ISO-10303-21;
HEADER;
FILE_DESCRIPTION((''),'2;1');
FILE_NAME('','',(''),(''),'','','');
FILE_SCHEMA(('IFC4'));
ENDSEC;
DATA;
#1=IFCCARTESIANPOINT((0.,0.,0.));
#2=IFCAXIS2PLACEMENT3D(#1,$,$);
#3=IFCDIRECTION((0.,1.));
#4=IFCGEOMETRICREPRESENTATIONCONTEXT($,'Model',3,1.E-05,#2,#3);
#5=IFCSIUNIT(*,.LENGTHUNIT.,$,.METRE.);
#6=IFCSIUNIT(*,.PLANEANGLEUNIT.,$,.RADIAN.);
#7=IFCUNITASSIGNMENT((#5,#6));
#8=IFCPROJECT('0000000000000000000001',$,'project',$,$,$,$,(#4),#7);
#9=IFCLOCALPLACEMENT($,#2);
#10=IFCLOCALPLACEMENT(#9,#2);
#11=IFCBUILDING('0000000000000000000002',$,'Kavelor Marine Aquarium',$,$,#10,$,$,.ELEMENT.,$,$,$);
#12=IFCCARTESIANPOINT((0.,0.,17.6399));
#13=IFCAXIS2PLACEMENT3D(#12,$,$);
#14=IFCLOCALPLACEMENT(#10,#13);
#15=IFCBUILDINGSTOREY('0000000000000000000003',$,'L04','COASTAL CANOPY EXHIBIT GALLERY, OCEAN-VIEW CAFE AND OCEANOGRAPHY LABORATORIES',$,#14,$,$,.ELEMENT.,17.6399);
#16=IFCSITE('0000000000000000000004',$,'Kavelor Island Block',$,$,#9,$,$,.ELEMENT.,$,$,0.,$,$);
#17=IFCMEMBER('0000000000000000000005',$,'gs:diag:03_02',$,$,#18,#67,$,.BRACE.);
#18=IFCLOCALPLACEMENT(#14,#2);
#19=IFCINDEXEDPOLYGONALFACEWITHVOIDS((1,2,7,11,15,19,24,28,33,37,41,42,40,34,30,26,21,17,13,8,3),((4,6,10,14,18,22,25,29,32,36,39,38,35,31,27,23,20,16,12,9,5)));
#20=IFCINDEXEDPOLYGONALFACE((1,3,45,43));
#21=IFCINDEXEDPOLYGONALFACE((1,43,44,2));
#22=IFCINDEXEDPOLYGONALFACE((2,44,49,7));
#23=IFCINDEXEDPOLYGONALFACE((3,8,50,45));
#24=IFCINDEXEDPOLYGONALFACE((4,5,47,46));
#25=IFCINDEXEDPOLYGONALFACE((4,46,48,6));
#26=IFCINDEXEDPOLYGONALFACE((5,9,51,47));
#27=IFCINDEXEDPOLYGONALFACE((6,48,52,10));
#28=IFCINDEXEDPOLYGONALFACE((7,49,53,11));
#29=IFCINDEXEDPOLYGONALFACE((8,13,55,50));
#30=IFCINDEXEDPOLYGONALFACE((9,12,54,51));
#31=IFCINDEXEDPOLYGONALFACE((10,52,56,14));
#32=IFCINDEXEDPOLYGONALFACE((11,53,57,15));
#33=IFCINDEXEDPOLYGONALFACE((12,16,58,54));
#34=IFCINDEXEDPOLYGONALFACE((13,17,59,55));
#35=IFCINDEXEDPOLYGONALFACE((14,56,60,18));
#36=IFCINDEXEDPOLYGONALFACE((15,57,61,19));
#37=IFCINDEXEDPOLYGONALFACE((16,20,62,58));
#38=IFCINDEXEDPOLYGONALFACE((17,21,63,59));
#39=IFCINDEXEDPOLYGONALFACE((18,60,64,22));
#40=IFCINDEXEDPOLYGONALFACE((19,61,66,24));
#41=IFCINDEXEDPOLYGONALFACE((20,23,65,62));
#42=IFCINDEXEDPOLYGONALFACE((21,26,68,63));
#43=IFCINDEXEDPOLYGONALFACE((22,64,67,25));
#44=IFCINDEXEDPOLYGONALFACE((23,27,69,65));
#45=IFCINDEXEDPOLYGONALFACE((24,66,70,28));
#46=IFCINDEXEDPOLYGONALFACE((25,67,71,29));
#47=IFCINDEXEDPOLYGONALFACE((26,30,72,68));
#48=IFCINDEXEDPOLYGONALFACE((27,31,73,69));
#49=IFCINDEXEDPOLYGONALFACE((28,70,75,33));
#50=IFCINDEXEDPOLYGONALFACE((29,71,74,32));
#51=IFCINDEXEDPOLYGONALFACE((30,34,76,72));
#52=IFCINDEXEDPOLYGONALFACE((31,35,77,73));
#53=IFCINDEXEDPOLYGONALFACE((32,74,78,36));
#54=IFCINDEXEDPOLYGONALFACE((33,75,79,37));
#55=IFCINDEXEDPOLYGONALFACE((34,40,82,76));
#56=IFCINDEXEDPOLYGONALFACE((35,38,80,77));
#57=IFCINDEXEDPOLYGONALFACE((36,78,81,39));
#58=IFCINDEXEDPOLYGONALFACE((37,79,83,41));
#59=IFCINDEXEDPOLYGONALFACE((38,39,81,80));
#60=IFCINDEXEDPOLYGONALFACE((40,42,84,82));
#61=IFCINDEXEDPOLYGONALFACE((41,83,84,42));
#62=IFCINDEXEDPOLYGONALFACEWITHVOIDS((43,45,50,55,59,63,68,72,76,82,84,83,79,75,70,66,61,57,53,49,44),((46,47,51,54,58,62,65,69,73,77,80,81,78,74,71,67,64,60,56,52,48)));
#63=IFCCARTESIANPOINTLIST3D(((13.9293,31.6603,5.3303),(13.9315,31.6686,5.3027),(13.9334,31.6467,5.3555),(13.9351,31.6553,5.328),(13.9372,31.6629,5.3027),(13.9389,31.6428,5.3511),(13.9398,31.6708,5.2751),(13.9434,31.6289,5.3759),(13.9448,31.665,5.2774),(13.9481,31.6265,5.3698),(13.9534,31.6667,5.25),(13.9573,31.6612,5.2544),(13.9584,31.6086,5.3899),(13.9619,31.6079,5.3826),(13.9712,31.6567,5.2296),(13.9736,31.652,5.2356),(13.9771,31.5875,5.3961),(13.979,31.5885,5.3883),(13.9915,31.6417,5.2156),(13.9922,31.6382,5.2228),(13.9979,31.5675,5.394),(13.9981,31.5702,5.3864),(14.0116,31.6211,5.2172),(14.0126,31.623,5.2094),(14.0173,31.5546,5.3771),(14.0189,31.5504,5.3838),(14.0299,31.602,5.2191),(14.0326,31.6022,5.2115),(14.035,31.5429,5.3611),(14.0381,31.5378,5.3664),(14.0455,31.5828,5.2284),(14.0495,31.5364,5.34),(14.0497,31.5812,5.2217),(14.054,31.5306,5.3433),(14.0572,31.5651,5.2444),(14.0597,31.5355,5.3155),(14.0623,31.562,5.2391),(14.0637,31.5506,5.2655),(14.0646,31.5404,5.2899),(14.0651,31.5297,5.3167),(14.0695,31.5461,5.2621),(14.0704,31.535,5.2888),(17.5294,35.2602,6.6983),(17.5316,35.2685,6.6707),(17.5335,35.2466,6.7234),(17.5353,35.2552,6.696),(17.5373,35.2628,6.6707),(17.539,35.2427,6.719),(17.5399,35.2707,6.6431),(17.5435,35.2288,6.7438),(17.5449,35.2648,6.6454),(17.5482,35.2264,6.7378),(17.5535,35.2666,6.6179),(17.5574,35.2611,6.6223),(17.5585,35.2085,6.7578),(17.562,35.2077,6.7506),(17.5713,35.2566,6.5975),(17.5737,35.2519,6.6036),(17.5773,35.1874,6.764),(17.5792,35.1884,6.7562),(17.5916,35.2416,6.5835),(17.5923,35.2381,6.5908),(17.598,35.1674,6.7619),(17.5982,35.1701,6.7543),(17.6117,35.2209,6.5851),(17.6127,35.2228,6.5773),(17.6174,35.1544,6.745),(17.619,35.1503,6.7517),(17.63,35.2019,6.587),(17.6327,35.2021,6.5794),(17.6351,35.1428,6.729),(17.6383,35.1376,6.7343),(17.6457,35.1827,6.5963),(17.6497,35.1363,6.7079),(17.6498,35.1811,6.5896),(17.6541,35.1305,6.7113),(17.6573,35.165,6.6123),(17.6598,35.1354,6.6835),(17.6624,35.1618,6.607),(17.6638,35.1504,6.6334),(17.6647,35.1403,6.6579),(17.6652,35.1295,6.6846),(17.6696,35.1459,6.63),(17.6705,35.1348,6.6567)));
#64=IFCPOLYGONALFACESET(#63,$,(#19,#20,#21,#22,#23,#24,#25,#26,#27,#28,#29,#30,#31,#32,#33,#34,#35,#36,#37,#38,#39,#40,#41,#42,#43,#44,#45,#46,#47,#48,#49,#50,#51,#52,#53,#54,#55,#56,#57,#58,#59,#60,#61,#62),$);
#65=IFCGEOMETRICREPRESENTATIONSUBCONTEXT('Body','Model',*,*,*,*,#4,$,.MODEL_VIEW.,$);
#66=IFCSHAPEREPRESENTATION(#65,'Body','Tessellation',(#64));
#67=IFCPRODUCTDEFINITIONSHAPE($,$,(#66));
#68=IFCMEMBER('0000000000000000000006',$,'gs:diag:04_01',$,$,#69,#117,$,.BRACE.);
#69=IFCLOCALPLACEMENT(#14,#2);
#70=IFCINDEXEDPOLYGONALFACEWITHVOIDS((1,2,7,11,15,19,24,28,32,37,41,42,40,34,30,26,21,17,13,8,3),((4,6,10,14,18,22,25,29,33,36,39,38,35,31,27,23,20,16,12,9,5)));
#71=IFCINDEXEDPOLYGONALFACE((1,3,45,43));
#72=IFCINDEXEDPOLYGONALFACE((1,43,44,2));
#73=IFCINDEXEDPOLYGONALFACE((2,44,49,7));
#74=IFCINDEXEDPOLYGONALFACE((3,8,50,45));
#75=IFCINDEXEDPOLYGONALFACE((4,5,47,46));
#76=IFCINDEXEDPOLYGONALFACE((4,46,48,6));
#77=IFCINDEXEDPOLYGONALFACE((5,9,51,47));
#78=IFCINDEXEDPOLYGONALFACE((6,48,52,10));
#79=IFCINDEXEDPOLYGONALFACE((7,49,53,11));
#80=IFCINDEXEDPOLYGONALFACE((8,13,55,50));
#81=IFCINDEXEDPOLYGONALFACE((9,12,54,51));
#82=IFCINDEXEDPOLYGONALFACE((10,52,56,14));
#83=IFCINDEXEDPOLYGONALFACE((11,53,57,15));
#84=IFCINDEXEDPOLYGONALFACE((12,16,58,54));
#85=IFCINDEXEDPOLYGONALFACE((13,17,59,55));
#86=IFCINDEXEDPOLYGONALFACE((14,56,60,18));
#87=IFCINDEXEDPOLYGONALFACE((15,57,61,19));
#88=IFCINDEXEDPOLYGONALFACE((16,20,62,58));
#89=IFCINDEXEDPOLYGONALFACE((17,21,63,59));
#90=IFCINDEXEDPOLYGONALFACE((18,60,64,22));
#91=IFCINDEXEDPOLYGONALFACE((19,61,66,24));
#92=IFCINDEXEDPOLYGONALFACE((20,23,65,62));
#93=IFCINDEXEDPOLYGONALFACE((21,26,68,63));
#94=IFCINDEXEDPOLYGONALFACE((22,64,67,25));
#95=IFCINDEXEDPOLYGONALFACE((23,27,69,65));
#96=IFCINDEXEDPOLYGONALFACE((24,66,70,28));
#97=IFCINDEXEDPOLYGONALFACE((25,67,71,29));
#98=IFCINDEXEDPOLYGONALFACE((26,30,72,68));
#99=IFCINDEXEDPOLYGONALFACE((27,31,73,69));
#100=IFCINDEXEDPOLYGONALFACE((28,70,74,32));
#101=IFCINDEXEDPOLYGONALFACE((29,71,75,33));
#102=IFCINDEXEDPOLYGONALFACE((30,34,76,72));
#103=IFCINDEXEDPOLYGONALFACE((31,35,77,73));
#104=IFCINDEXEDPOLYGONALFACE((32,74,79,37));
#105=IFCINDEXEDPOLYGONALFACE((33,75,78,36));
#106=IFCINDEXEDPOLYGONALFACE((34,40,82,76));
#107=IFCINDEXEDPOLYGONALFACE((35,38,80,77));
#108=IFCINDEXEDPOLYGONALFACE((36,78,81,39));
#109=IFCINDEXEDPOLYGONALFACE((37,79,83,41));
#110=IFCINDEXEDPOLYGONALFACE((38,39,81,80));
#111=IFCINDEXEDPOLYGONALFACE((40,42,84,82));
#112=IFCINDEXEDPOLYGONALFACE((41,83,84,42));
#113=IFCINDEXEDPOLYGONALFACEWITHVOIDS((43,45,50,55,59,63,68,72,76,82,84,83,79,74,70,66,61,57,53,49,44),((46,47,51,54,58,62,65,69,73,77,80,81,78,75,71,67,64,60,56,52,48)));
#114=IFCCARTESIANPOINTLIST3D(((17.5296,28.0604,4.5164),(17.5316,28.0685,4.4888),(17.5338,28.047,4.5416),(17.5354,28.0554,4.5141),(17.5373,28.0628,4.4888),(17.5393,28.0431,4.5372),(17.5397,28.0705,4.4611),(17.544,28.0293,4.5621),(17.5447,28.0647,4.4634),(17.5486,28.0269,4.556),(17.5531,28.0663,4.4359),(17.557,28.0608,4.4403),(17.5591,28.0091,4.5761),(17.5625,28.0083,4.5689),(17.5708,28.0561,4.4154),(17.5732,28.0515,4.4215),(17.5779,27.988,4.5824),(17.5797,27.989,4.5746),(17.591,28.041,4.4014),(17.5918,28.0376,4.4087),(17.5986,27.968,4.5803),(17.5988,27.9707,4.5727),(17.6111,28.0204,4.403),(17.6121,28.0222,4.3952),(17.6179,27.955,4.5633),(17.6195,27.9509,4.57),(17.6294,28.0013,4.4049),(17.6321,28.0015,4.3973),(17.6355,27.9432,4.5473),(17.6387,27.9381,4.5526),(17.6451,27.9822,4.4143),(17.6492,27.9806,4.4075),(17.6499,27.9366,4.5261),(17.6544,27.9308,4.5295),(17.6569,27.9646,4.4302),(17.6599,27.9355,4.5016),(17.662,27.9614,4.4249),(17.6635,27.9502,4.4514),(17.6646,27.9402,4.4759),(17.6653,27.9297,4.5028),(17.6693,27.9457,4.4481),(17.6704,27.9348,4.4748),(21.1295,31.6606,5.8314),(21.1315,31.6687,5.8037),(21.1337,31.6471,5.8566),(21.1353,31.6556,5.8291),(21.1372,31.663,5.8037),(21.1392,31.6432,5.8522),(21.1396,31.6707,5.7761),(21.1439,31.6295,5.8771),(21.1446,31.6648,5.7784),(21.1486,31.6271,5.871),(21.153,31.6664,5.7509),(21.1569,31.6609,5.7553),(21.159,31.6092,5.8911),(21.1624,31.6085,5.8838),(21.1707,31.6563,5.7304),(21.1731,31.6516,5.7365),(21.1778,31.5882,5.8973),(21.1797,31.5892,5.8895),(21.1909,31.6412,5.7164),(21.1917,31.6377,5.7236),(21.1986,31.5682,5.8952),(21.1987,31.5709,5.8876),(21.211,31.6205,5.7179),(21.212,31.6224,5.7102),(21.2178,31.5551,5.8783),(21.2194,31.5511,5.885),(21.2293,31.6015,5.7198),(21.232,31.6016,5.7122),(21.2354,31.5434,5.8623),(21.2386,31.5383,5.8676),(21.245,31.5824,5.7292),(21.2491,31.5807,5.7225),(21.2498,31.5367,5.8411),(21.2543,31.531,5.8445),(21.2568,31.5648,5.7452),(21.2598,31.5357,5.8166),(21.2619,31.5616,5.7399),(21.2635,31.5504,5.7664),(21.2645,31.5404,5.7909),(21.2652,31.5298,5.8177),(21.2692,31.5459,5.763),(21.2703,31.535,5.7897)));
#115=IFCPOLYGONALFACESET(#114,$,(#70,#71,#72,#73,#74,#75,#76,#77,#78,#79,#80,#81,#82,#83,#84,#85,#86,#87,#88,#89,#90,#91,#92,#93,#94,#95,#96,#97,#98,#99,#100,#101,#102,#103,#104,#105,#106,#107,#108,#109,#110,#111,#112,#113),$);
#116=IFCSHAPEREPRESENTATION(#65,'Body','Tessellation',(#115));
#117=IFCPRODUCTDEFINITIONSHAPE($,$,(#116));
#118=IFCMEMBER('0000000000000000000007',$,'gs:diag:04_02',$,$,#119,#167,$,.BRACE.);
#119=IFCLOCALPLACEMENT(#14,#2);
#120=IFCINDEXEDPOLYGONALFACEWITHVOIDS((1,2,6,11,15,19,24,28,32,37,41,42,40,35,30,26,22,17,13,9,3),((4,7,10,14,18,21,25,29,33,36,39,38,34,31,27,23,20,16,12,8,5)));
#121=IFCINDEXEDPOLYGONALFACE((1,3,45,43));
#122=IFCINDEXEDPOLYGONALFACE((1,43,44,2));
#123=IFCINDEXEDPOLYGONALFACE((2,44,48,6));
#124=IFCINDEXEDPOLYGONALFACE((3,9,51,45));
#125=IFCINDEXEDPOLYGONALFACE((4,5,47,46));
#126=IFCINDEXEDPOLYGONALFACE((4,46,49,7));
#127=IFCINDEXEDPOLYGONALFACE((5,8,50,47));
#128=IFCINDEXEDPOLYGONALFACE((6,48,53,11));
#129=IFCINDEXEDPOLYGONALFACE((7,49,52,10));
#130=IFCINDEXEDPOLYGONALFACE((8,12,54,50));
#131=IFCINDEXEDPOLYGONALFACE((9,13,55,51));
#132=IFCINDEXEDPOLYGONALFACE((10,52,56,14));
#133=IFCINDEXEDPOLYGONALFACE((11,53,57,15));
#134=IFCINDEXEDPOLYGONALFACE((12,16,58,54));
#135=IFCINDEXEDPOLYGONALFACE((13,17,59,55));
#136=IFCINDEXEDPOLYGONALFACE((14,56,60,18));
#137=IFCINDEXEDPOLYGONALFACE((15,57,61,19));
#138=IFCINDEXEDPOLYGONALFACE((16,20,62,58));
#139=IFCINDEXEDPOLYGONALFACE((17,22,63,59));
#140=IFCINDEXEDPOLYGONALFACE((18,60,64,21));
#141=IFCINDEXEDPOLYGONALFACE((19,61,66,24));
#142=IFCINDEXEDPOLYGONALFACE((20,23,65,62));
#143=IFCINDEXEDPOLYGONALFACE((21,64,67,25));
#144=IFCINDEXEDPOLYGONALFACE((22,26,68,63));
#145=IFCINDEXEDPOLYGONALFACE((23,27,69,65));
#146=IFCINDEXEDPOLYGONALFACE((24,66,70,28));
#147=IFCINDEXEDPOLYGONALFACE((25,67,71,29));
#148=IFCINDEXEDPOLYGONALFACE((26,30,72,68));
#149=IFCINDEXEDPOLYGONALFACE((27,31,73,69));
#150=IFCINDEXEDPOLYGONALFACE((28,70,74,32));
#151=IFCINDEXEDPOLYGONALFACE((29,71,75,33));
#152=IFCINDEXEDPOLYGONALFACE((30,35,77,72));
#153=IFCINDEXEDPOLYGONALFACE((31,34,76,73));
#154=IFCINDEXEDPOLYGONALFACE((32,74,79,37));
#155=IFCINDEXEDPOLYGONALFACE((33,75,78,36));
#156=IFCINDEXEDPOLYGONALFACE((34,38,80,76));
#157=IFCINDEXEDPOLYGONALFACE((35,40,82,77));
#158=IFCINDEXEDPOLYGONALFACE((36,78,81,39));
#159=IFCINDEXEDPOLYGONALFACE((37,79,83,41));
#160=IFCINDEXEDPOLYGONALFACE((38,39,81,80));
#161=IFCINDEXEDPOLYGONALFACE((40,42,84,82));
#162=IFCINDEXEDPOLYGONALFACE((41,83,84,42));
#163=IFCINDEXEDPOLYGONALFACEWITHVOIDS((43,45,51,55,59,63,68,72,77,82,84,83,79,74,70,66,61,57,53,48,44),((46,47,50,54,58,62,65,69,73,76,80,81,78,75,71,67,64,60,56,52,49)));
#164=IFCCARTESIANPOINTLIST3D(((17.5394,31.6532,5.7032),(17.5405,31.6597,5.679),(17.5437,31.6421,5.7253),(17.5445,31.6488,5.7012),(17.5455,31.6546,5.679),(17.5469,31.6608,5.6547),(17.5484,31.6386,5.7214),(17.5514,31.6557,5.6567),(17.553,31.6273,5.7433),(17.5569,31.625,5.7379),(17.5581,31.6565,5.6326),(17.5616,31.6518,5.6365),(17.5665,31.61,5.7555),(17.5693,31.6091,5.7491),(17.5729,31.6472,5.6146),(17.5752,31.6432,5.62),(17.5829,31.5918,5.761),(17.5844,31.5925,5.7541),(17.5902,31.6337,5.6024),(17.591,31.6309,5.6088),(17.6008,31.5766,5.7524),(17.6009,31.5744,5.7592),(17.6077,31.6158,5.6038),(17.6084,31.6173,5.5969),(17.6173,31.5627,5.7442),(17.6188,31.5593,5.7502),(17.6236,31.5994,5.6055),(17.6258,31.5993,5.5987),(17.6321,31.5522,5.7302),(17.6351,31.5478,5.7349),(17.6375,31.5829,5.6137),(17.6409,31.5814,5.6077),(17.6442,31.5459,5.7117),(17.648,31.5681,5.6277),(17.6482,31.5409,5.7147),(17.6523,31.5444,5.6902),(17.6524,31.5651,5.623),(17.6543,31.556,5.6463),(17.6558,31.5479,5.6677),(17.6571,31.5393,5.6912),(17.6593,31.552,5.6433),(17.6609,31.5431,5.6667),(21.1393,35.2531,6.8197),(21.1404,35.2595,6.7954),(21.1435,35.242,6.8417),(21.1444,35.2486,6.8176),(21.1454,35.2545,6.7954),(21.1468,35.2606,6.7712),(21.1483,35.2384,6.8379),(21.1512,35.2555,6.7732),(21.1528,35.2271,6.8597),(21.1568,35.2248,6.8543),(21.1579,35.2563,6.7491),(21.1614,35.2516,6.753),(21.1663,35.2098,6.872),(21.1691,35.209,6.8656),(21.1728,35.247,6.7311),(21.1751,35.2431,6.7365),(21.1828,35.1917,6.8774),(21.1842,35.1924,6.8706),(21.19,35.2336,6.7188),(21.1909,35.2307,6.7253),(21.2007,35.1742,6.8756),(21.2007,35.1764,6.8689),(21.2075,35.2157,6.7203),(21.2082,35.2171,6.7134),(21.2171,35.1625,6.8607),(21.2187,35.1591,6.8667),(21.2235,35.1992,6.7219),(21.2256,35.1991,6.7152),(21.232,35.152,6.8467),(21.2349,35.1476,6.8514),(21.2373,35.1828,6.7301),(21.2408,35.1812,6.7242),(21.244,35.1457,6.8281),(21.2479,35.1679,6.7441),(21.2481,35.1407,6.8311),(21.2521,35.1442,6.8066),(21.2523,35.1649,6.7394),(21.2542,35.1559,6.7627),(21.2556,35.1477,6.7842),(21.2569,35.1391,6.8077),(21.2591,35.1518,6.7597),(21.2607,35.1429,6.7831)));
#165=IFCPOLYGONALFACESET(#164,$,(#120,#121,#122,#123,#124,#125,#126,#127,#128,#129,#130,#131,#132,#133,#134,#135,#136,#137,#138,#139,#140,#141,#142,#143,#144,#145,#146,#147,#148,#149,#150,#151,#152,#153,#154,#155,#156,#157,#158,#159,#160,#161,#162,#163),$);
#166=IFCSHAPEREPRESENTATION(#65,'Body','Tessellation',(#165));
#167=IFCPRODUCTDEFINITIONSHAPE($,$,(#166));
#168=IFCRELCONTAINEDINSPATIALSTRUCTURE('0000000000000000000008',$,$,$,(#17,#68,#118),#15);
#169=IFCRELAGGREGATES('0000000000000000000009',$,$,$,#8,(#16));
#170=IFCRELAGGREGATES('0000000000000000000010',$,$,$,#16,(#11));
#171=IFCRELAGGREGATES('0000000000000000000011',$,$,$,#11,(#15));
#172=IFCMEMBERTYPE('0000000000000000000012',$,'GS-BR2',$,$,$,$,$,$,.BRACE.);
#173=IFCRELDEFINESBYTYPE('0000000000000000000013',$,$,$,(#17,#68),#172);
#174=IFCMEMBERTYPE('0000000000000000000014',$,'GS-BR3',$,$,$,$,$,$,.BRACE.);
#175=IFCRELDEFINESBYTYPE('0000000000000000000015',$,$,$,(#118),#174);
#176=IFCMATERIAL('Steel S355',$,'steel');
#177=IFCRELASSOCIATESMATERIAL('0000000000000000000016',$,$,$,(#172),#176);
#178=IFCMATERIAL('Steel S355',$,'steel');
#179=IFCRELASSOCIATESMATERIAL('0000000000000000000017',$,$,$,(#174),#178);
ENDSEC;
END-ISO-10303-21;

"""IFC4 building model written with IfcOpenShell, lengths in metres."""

from ifc_helpers import new_model, si_unit, direction, frame, origin, origin_2d, place, context, subcontext, project, spatial, hollow_circle, extrude, material, material_profile, profile_set, type_object, element, save


model = new_model("IFC4")

# Units and contexts
model_context = context("Model", 3, precision=1e-05, world=origin(), true_north=direction((0.0, 1.0)))
body_context = subcontext(model_context, "Body", "Model", "MODEL_VIEW")
ifc_project = project(units=[si_unit("LENGTHUNIT", "METRE"), si_unit("PLANEANGLEUNIT", "RADIAN")], contexts=[model_context])

# Site, building, storey
site_placement = place(None, origin())
site = spatial("IfcSite", under=ifc_project, at=site_placement, Name="Kavelor Island Block", CompositionType="ELEMENT", RefElevation=0.0)
building_placement = place(site_placement, origin())
building = spatial("IfcBuilding", under=site, at=building_placement, Name="Kavelor Marine Aquarium", CompositionType="ELEMENT")
storey_placement = place(building_placement, frame((0.0, 0.0, 17.6399)))
storey = spatial("IfcBuildingStorey", under=building, at=storey_placement, Name="L04", Description="COASTAL CANOPY EXHIBIT GALLERY, OCEAN-VIEW CAFE AND OCEANOGRAPHY LABORATORIES", CompositionType="ELEMENT", Elevation=17.6399)

# Members
ifc_material_1 = material(Name="Steel S355", Category="steel")
ifc_material_profile_1 = material_profile(ifc_material_1, hollow_circle(Radius=0.0969, WallThickness=0.0081, at=origin_2d()), Name="CHS 193.7x8.0")
ifc_profile_set_1 = profile_set([ifc_material_profile_1], Name="Steel S355")
member_type_1 = type_object("IfcMemberType", Name="GS-BR2", PredefinedType="BRACE", material=ifc_profile_set_1)
member_1_placement = place(storey_placement, frame((14.0, 31.6001, 5.3027), z_axis=(0.68291, 0.682863, 0.259483), x_axis=(-0.707083, 0.707131, 0.0)))
element("IfcMember", 1, at=member_1_placement, inside=storey, type_object=member_type_1, Name="gs:diag:03_02", PredefinedType="BRACE", context=body_context, shape_type="SweptSolid", body=[
    extrude(hollow_circle(Radius=0.0969, WallThickness=0.0081, at=origin_2d()), origin(), (0.0, 0.0, 1.0), 5.2717),
])
member_2_placement = place(storey_placement, frame((17.6001, 28.0, 4.4888), z_axis=(0.684616, 0.684663, 0.250074), x_axis=(-0.707131, 0.707083, 0.0)))
element("IfcMember", 2, at=member_2_placement, inside=storey, type_object=member_type_1, Name="gs:diag:04_01", PredefinedType="BRACE", context=body_context, shape_type="SweptSolid", body=[
    extrude(hollow_circle(Radius=0.0969, WallThickness=0.0081, at=origin_2d()), origin(), (0.0, 0.0, 1.0), 5.2583),
])
ifc_material_2 = material(Name="Steel S355", Category="steel")
ifc_material_profile_2 = material_profile(ifc_material_2, hollow_circle(Radius=0.0842, WallThickness=0.0071, at=origin_2d()), Name="CHS 168.3x7.1")
ifc_profile_set_2 = profile_set([ifc_material_profile_2], Name="Steel S355")
member_type_2 = type_object("IfcMemberType", Name="GS-BR3", PredefinedType="BRACE", material=ifc_profile_set_2)
member_3_placement = place(storey_placement, frame((17.6001, 31.6001, 5.679), z_axis=(0.690693, 0.690693, 0.214211), x_axis=(-0.707107, 0.707107, 0.0)))
element("IfcMember", 3, at=member_3_placement, inside=storey, type_object=member_type_2, Name="gs:diag:04_02", PredefinedType="BRACE", context=body_context, shape_type="SweptSolid", body=[
    extrude(hollow_circle(Radius=0.0842, WallThickness=0.0071, at=origin_2d()), origin(), (0.0, 0.0, 1.0), 5.2119),
])

save(model, "model.ifc")
